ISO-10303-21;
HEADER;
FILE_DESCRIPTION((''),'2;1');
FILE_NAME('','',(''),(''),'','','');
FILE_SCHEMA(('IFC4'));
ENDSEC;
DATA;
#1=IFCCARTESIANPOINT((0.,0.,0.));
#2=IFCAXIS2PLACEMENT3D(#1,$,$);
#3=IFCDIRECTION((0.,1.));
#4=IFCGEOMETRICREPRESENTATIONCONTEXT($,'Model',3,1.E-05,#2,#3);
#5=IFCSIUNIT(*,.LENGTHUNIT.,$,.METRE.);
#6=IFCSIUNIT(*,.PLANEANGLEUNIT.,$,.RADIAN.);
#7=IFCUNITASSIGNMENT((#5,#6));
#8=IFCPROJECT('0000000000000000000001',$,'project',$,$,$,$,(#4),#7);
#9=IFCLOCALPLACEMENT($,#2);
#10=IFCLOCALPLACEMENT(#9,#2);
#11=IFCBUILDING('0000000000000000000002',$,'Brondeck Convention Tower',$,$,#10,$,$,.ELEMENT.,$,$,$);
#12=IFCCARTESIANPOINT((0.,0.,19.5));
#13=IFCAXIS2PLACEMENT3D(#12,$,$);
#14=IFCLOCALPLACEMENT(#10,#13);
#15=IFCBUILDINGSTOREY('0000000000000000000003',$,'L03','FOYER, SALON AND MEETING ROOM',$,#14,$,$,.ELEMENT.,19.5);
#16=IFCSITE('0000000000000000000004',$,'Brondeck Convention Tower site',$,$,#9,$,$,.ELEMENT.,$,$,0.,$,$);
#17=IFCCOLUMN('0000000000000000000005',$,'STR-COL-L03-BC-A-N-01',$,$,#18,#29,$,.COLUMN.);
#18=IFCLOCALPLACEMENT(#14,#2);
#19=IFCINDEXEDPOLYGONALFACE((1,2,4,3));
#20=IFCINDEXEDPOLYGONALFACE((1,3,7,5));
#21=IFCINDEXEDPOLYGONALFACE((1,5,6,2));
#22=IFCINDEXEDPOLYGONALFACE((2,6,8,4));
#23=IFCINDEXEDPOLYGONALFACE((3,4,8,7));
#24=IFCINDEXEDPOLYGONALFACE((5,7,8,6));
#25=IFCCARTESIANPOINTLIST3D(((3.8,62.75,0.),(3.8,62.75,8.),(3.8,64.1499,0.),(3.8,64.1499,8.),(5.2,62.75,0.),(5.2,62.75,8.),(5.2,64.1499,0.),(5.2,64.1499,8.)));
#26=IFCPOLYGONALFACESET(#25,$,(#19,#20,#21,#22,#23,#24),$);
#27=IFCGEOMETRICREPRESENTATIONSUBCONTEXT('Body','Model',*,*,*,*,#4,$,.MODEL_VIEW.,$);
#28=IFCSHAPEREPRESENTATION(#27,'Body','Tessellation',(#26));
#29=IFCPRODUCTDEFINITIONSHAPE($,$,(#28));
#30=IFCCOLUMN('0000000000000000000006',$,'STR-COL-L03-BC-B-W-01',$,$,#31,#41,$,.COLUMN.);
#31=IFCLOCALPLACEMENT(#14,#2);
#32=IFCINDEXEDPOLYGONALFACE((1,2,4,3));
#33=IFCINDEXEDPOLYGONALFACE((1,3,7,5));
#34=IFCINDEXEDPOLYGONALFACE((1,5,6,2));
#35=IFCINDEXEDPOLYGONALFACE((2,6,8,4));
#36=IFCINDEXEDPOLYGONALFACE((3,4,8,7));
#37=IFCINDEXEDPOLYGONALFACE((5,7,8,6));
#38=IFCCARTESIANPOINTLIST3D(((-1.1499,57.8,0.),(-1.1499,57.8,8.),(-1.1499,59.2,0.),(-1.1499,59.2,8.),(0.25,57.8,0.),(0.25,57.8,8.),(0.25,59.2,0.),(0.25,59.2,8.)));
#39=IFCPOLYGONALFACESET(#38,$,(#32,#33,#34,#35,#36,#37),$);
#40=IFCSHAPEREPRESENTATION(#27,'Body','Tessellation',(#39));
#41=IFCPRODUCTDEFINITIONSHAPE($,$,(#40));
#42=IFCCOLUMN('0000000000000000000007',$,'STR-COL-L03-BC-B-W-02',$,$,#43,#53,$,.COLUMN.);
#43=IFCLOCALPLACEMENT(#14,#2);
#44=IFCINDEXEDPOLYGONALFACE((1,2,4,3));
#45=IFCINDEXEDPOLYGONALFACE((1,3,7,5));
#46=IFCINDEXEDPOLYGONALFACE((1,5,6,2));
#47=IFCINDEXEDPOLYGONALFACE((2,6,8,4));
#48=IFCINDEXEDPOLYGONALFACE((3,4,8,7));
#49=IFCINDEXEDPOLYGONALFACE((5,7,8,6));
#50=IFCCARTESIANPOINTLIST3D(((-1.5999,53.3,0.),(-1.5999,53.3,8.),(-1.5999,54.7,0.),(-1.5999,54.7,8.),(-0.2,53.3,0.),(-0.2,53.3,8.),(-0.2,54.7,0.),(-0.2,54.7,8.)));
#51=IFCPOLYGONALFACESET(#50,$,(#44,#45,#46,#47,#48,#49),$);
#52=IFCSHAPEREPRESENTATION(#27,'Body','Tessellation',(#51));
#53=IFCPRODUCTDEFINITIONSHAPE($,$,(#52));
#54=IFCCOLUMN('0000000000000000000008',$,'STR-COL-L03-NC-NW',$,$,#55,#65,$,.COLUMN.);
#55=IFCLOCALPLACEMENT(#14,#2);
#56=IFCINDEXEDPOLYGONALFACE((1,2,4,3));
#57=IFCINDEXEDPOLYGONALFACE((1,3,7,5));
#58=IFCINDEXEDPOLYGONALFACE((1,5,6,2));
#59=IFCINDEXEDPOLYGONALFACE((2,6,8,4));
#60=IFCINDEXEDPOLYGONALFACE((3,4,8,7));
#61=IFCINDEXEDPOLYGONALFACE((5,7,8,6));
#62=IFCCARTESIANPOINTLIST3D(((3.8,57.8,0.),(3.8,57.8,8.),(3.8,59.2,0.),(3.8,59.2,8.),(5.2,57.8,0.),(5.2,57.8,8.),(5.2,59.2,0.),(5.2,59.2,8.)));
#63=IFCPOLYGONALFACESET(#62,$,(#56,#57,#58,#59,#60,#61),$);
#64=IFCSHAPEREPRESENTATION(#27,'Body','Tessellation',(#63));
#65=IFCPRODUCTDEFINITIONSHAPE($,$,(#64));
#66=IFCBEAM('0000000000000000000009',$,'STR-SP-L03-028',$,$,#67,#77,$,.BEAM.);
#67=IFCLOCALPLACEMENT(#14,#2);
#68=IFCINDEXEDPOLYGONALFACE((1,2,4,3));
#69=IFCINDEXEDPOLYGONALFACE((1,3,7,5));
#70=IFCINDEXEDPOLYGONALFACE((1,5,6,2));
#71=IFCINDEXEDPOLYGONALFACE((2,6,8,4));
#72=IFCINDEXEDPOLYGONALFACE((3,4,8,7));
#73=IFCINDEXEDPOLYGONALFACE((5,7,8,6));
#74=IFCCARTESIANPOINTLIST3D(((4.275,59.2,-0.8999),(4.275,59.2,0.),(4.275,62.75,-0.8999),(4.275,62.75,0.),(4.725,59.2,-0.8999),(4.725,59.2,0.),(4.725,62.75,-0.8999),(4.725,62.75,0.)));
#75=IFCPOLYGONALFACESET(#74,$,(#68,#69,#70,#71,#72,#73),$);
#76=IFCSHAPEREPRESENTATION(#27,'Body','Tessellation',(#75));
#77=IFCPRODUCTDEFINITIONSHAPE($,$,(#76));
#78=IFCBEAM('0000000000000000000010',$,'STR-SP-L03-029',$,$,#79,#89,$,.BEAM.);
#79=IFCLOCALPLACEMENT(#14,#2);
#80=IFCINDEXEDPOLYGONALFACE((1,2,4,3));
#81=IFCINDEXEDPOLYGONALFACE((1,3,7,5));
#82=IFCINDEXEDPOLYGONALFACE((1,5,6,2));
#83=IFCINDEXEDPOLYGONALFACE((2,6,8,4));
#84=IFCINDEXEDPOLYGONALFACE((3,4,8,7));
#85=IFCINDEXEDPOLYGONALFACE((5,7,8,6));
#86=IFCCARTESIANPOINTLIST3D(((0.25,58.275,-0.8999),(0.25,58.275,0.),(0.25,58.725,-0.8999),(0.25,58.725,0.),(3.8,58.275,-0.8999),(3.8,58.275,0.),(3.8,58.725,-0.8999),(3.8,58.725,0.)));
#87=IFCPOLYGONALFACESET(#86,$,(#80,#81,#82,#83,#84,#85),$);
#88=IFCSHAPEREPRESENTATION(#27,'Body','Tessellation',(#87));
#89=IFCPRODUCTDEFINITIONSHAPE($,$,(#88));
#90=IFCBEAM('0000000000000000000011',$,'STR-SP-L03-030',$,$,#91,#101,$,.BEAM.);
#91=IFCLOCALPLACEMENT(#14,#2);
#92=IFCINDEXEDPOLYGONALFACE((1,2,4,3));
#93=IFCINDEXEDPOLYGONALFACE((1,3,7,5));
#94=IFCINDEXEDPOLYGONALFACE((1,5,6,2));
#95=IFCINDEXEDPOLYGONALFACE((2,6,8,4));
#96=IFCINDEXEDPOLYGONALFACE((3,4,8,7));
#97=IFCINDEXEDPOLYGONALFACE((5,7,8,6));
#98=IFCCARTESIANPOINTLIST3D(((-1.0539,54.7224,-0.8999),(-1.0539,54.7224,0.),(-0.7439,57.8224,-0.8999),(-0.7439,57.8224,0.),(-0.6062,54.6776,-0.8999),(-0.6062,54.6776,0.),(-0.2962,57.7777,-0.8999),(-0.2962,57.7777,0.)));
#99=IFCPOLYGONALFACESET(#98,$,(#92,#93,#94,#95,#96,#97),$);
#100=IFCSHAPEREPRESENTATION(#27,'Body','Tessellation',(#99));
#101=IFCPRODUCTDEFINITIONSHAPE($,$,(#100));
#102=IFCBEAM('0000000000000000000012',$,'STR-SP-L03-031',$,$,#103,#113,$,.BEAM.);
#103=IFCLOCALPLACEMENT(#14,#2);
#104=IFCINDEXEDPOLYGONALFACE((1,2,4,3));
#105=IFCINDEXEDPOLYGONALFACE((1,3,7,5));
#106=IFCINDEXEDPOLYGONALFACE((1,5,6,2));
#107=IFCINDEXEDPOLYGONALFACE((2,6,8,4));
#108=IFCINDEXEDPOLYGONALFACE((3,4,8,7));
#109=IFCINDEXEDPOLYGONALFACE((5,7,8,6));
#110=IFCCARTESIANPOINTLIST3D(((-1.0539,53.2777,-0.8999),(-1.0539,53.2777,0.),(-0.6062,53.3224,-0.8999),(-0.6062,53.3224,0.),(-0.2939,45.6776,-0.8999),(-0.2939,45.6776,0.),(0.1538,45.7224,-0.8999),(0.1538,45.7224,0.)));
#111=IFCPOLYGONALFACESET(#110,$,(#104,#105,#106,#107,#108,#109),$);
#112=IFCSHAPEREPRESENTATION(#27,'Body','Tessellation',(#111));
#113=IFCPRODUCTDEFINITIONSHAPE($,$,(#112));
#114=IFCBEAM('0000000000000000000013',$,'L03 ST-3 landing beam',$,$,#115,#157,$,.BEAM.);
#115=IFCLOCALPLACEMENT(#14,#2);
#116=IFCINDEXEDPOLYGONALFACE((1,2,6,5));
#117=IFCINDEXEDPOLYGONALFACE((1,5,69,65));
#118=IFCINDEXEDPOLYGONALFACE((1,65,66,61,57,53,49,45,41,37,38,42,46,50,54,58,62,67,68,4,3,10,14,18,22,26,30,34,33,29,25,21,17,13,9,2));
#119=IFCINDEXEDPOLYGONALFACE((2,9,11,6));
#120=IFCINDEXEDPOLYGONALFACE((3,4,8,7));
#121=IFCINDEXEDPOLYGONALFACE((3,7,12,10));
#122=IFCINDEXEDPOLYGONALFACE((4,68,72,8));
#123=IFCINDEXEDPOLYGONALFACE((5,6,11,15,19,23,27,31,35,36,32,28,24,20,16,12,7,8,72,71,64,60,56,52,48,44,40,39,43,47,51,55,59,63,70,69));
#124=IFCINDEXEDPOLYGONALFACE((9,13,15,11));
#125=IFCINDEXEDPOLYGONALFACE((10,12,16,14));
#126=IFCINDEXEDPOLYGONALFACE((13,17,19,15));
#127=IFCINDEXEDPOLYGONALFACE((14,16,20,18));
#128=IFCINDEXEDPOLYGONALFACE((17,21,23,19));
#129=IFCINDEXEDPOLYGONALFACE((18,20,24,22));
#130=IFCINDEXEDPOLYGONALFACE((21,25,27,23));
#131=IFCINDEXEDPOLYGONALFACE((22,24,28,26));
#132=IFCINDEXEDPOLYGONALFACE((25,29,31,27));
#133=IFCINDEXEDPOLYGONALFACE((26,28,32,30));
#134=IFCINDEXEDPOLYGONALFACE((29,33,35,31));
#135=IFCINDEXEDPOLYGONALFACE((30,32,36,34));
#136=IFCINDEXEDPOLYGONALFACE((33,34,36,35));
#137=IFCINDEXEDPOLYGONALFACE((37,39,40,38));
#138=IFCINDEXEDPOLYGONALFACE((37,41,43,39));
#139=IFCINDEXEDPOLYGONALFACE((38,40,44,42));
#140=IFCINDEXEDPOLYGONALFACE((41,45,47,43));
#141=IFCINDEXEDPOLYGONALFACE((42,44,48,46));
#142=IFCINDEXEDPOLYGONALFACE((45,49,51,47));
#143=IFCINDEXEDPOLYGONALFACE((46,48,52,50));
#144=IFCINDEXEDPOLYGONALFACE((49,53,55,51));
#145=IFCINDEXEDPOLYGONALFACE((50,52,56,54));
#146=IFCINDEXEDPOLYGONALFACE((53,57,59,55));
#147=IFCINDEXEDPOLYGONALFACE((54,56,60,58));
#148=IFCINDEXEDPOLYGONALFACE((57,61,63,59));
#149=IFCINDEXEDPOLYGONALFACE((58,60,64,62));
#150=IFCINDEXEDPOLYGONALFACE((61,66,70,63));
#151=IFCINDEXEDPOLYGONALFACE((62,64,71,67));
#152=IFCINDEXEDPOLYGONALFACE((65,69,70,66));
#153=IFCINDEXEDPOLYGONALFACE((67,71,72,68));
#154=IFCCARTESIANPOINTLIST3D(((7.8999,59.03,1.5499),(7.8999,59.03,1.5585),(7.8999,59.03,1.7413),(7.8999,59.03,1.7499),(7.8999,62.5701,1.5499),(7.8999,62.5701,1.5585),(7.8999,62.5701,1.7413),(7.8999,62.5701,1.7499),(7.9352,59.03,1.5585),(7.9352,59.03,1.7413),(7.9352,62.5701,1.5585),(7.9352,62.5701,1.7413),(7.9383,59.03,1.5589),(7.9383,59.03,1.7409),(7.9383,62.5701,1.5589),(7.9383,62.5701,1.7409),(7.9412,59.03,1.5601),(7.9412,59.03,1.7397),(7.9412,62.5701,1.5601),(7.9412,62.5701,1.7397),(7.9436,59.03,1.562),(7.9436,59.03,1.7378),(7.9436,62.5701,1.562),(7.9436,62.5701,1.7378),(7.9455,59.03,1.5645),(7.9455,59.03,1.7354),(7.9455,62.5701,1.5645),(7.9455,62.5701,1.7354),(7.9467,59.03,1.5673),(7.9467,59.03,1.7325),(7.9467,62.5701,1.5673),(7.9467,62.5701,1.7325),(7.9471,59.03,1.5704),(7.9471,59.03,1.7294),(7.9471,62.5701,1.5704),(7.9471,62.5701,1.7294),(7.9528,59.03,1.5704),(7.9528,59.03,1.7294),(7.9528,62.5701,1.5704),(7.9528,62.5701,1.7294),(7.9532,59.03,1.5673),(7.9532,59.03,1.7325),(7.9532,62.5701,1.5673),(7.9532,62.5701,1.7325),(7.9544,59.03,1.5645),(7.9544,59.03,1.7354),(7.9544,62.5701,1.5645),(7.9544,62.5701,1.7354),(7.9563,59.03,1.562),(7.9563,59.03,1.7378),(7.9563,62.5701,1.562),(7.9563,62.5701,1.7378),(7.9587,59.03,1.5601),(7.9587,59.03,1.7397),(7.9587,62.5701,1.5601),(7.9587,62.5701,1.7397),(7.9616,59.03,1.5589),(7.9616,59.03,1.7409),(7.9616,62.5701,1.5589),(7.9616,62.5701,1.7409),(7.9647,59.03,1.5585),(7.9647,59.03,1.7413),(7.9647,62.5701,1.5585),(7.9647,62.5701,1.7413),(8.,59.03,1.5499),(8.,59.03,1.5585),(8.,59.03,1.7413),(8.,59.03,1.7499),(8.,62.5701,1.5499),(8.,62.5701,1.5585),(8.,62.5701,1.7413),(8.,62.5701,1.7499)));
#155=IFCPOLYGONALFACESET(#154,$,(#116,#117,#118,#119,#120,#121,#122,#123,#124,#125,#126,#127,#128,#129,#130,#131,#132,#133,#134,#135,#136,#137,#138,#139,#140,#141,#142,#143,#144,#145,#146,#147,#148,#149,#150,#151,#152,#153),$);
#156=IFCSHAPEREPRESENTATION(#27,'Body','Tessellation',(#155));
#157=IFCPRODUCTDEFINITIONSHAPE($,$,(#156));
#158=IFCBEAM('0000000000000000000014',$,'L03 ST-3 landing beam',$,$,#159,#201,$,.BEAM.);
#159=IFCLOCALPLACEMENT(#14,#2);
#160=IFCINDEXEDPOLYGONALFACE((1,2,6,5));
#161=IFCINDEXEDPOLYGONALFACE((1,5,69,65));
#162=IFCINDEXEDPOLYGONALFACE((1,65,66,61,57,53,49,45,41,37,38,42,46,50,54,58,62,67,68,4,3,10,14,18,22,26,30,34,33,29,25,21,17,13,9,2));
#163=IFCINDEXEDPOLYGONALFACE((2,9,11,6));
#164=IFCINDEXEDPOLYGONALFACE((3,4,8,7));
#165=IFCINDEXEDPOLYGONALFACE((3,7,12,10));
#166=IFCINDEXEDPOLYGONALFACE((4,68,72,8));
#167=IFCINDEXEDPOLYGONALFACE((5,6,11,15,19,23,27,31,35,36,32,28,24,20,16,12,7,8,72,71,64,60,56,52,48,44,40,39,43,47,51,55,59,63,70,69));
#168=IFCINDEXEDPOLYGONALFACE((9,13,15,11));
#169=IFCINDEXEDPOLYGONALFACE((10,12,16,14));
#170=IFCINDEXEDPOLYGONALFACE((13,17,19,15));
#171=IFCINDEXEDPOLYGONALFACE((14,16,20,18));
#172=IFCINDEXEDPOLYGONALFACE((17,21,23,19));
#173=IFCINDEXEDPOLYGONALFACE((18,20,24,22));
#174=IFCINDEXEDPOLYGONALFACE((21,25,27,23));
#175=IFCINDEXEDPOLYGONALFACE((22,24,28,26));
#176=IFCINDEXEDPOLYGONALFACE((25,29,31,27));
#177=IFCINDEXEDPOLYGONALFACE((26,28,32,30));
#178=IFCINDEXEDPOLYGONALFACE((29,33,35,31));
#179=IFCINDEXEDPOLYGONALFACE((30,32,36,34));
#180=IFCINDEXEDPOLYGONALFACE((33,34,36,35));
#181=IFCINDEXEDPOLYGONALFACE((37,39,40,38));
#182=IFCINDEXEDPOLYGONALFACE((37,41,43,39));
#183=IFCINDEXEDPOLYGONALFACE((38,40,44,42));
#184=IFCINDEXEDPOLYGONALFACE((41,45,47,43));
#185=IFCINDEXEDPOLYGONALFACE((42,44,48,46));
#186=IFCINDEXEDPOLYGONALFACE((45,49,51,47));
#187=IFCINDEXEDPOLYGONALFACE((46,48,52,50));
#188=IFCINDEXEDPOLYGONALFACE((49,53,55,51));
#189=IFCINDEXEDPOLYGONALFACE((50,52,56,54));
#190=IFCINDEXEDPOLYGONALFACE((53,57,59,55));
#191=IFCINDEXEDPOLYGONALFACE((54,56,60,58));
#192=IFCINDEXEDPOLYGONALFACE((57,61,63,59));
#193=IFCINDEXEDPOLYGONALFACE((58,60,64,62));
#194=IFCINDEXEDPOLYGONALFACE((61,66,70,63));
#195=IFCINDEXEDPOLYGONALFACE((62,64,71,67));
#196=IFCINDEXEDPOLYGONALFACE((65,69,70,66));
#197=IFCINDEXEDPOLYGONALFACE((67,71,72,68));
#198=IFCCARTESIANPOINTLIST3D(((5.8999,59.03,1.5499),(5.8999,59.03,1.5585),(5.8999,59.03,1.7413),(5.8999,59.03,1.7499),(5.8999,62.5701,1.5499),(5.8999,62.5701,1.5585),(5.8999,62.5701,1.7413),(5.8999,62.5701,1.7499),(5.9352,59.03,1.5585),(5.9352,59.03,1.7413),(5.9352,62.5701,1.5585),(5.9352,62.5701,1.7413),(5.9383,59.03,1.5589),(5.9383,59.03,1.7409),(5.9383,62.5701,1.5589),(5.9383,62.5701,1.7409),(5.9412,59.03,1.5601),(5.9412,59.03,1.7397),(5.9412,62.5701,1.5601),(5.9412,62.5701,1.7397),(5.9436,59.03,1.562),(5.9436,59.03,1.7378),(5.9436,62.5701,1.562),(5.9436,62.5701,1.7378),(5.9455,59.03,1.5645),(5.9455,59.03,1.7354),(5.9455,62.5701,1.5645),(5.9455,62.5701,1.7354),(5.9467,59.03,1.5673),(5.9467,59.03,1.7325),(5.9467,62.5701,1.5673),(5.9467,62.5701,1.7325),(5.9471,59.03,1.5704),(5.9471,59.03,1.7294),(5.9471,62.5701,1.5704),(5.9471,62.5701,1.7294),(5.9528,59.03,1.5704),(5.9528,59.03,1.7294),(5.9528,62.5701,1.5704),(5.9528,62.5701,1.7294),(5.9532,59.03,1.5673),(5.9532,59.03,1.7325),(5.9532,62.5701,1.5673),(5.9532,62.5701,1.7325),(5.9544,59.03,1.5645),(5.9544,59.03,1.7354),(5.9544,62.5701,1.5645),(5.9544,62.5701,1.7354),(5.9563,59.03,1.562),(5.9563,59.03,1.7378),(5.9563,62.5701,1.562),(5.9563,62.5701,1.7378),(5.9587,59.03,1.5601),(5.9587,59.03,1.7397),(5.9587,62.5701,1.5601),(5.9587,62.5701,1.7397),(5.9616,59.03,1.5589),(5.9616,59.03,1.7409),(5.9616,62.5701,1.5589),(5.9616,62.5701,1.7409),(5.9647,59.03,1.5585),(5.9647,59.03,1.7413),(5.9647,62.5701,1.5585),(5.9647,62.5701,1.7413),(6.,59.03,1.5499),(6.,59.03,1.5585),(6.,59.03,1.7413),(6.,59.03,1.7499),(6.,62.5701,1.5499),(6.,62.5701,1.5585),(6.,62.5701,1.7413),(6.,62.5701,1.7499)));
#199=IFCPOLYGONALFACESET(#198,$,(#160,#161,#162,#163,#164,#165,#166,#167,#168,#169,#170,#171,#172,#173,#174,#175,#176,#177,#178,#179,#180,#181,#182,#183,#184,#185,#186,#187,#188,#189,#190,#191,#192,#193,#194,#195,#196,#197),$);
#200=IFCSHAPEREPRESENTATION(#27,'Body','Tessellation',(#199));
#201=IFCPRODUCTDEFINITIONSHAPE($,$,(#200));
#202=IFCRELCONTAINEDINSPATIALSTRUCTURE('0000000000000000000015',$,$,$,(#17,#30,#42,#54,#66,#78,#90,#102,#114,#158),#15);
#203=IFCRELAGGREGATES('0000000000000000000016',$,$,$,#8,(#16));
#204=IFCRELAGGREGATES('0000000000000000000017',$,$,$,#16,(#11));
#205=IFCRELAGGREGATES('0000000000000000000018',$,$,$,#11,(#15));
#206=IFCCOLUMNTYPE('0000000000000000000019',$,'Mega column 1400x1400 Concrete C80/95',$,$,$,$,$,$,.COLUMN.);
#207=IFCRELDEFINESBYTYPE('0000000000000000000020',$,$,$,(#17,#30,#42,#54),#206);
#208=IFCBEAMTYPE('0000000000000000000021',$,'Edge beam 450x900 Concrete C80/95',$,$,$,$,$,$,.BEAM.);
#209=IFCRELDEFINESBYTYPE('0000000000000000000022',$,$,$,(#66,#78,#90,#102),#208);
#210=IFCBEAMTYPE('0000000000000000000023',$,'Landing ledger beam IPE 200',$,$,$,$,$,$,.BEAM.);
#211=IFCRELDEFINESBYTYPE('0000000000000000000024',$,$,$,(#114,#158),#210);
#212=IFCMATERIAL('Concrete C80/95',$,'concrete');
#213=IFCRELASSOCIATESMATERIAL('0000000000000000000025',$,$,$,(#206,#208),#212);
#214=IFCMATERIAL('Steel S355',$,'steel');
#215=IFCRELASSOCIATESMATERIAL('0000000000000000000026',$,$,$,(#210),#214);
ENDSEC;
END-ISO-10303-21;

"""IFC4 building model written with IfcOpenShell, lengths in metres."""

from ifc_helpers import new_model, si_unit, direction, frame, origin, origin_2d, place, context, subcontext, project, spatial, rectangle, i_section, extrude, material, material_profile, profile_set, type_object, element, save


model = new_model("IFC4")

# Units and contexts
model_context = context("Model", 3, precision=1e-05, world=origin(), true_north=direction((0.0, 1.0)))
body_context = subcontext(model_context, "Body", "Model", "MODEL_VIEW")
ifc_project = project(units=[si_unit("LENGTHUNIT", "METRE"), si_unit("PLANEANGLEUNIT", "RADIAN")], contexts=[model_context])

# Site, building, storey
site_placement = place(None, origin())
site = spatial("IfcSite", under=ifc_project, at=site_placement, Name="Brondeck Convention Tower site", CompositionType="ELEMENT", RefElevation=0.0)
building_placement = place(site_placement, origin())
building = spatial("IfcBuilding", under=site, at=building_placement, Name="Brondeck Convention Tower", CompositionType="ELEMENT")
storey_placement = place(building_placement, frame((0.0, 0.0, 19.5)))
storey = spatial("IfcBuildingStorey", under=building, at=storey_placement, Name="L03", Description="FOYER, SALON AND MEETING ROOM", CompositionType="ELEMENT", Elevation=19.5)

# Columns
ifc_material_1 = material(Name="Concrete C80/95", Category="concrete")
ifc_material_profile_1 = material_profile(ifc_material_1, rectangle(XDim=1.3999, YDim=1.3999, at=origin_2d()), Name="Mega column 1400x1400 Concrete C80/95")
ifc_profile_set_1 = profile_set([ifc_material_profile_1], Name="Concrete C80/95")
column_type = type_object("IfcColumnType", Name="Mega column 1400x1400 Concrete C80/95", PredefinedType="COLUMN", material=ifc_profile_set_1)
for number, where, z_axis, x_axis, name in (
    (1, (4.5, 63.45, 0.0), (0.0, 0.0, 1.0), (1.0, 0.0, 0.0), "STR-COL-L03-BC-A-N-01"),
    (2, (-0.45, 58.5, 0.0), (0.0, 0.0, 1.0), (1.0, 0.0, 0.0), "STR-COL-L03-BC-B-W-01"),
    (3, (-0.8999, 54.0, 0.0), (0.0, 0.0, 1.0), (1.0, 0.0, 0.0), "STR-COL-L03-BC-B-W-02"),
    (4, (4.5, 58.5, 0.0), (0.0, 0.0, 1.0), (1.0, 0.0, 0.0), "STR-COL-L03-NC-NW"),
):
    element("IfcColumn", number, at=place(storey_placement, frame(where, z_axis=z_axis, x_axis=x_axis)), inside=storey, type_object=column_type, Name=name, PredefinedType="COLUMN", context=body_context, shape_type="SweptSolid", body=[
        extrude(rectangle(XDim=1.3999, YDim=1.3999, at=origin_2d()), origin(), (0.0, 0.0, 1.0), 8.0),
    ])

# Beams
ifc_material_profile_2 = material_profile(ifc_material_1, rectangle(XDim=0.45, YDim=0.8999, at=origin_2d()), Name="Edge beam 450x900 Concrete C80/95")
ifc_profile_set_2 = profile_set([ifc_material_profile_2], Name="Concrete C80/95")
beam_type_1 = type_object("IfcBeamType", Name="Edge beam 450x900 Concrete C80/95", PredefinedType="BEAM", material=ifc_profile_set_2)
for number, where, z_axis, x_axis, name in (
    (5, (4.5, 62.75, -0.45), (0.0, -1.0, 0.0), (1.0, 0.0, 0.0), "STR-SP-L03-028"),
    (6, (3.8, 58.5, -0.45), (-1.0, 0.0, 0.0), (0.0, -1.0, 0.0), "STR-SP-L03-029"),
):
    element("IfcBeam", number, at=place(storey_placement, frame(where, z_axis=z_axis, x_axis=x_axis)), inside=storey, type_object=beam_type_1, Name=name, PredefinedType="BEAM", context=body_context, shape_type="SweptSolid", body=[
        extrude(rectangle(XDim=0.45, YDim=0.8999, at=origin_2d()), origin(), (0.0, 0.0, 1.0), 3.55),
    ])
beam_1_placement = place(storey_placement, frame((-0.52, 57.8, -0.45), z_axis=(-0.099519, -0.995036, 0.0), x_axis=(0.995036, -0.099519, 0.0)))
element("IfcBeam", 7, at=beam_1_placement, inside=storey, type_object=beam_type_1, Name="STR-SP-L03-030", PredefinedType="BEAM", context=body_context, shape_type="SweptSolid", body=[
    extrude(rectangle(XDim=0.45, YDim=0.8999, at=origin_2d()), origin(), (0.0, 0.0, 1.0), 3.1155),
])
beam_2_placement = place(storey_placement, frame((-0.8301, 53.3, -0.45), z_axis=(0.099504, -0.995037, 0.0), x_axis=(0.995037, 0.099504, 0.0)))
element("IfcBeam", 8, at=beam_2_placement, inside=storey, type_object=beam_type_1, Name="STR-SP-L03-031", PredefinedType="BEAM", context=body_context, shape_type="SweptSolid", body=[
    extrude(rectangle(XDim=0.45, YDim=0.8999, at=origin_2d()), origin(), (0.0, 0.0, 1.0), 7.6379),
])
ifc_material_2 = material(Name="Steel S355", Category="steel")
ifc_material_profile_3 = material_profile(ifc_material_2, i_section(OverallWidth=0.1001, OverallDepth=0.2, WebThickness=0.0056, FlangeThickness=0.0085, FilletRadius=0.012, at=origin_2d()), Name="IPE200")
ifc_profile_set_3 = profile_set([ifc_material_profile_3], Name="Steel S355")
beam_type_2 = type_object("IfcBeamType", Name="Landing ledger beam IPE 200", PredefinedType="BEAM", material=ifc_profile_set_3)
for number, where, z_axis, x_axis, name in (
    (9, (7.95, 62.5701, 1.6499), (0.0, -1.0, 0.0), (1.0, 0.0, 0.0), "L03 ST-3 landing beam"),
    (10, (5.95, 62.5701, 1.6499), (0.0, -1.0, 0.0), (1.0, 0.0, 0.0), "L03 ST-3 landing beam"),
):
    element("IfcBeam", number, at=place(storey_placement, frame(where, z_axis=z_axis, x_axis=x_axis)), inside=storey, type_object=beam_type_2, Name=name, PredefinedType="BEAM", context=body_context, shape_type="SweptSolid", body=[
        extrude(i_section(OverallWidth=0.1001, OverallDepth=0.2, WebThickness=0.0056, FlangeThickness=0.0085, FilletRadius=0.012, at=origin_2d()), origin(), (0.0, 0.0, 1.0), 3.54),
    ])

save(model, "model.ifc")
